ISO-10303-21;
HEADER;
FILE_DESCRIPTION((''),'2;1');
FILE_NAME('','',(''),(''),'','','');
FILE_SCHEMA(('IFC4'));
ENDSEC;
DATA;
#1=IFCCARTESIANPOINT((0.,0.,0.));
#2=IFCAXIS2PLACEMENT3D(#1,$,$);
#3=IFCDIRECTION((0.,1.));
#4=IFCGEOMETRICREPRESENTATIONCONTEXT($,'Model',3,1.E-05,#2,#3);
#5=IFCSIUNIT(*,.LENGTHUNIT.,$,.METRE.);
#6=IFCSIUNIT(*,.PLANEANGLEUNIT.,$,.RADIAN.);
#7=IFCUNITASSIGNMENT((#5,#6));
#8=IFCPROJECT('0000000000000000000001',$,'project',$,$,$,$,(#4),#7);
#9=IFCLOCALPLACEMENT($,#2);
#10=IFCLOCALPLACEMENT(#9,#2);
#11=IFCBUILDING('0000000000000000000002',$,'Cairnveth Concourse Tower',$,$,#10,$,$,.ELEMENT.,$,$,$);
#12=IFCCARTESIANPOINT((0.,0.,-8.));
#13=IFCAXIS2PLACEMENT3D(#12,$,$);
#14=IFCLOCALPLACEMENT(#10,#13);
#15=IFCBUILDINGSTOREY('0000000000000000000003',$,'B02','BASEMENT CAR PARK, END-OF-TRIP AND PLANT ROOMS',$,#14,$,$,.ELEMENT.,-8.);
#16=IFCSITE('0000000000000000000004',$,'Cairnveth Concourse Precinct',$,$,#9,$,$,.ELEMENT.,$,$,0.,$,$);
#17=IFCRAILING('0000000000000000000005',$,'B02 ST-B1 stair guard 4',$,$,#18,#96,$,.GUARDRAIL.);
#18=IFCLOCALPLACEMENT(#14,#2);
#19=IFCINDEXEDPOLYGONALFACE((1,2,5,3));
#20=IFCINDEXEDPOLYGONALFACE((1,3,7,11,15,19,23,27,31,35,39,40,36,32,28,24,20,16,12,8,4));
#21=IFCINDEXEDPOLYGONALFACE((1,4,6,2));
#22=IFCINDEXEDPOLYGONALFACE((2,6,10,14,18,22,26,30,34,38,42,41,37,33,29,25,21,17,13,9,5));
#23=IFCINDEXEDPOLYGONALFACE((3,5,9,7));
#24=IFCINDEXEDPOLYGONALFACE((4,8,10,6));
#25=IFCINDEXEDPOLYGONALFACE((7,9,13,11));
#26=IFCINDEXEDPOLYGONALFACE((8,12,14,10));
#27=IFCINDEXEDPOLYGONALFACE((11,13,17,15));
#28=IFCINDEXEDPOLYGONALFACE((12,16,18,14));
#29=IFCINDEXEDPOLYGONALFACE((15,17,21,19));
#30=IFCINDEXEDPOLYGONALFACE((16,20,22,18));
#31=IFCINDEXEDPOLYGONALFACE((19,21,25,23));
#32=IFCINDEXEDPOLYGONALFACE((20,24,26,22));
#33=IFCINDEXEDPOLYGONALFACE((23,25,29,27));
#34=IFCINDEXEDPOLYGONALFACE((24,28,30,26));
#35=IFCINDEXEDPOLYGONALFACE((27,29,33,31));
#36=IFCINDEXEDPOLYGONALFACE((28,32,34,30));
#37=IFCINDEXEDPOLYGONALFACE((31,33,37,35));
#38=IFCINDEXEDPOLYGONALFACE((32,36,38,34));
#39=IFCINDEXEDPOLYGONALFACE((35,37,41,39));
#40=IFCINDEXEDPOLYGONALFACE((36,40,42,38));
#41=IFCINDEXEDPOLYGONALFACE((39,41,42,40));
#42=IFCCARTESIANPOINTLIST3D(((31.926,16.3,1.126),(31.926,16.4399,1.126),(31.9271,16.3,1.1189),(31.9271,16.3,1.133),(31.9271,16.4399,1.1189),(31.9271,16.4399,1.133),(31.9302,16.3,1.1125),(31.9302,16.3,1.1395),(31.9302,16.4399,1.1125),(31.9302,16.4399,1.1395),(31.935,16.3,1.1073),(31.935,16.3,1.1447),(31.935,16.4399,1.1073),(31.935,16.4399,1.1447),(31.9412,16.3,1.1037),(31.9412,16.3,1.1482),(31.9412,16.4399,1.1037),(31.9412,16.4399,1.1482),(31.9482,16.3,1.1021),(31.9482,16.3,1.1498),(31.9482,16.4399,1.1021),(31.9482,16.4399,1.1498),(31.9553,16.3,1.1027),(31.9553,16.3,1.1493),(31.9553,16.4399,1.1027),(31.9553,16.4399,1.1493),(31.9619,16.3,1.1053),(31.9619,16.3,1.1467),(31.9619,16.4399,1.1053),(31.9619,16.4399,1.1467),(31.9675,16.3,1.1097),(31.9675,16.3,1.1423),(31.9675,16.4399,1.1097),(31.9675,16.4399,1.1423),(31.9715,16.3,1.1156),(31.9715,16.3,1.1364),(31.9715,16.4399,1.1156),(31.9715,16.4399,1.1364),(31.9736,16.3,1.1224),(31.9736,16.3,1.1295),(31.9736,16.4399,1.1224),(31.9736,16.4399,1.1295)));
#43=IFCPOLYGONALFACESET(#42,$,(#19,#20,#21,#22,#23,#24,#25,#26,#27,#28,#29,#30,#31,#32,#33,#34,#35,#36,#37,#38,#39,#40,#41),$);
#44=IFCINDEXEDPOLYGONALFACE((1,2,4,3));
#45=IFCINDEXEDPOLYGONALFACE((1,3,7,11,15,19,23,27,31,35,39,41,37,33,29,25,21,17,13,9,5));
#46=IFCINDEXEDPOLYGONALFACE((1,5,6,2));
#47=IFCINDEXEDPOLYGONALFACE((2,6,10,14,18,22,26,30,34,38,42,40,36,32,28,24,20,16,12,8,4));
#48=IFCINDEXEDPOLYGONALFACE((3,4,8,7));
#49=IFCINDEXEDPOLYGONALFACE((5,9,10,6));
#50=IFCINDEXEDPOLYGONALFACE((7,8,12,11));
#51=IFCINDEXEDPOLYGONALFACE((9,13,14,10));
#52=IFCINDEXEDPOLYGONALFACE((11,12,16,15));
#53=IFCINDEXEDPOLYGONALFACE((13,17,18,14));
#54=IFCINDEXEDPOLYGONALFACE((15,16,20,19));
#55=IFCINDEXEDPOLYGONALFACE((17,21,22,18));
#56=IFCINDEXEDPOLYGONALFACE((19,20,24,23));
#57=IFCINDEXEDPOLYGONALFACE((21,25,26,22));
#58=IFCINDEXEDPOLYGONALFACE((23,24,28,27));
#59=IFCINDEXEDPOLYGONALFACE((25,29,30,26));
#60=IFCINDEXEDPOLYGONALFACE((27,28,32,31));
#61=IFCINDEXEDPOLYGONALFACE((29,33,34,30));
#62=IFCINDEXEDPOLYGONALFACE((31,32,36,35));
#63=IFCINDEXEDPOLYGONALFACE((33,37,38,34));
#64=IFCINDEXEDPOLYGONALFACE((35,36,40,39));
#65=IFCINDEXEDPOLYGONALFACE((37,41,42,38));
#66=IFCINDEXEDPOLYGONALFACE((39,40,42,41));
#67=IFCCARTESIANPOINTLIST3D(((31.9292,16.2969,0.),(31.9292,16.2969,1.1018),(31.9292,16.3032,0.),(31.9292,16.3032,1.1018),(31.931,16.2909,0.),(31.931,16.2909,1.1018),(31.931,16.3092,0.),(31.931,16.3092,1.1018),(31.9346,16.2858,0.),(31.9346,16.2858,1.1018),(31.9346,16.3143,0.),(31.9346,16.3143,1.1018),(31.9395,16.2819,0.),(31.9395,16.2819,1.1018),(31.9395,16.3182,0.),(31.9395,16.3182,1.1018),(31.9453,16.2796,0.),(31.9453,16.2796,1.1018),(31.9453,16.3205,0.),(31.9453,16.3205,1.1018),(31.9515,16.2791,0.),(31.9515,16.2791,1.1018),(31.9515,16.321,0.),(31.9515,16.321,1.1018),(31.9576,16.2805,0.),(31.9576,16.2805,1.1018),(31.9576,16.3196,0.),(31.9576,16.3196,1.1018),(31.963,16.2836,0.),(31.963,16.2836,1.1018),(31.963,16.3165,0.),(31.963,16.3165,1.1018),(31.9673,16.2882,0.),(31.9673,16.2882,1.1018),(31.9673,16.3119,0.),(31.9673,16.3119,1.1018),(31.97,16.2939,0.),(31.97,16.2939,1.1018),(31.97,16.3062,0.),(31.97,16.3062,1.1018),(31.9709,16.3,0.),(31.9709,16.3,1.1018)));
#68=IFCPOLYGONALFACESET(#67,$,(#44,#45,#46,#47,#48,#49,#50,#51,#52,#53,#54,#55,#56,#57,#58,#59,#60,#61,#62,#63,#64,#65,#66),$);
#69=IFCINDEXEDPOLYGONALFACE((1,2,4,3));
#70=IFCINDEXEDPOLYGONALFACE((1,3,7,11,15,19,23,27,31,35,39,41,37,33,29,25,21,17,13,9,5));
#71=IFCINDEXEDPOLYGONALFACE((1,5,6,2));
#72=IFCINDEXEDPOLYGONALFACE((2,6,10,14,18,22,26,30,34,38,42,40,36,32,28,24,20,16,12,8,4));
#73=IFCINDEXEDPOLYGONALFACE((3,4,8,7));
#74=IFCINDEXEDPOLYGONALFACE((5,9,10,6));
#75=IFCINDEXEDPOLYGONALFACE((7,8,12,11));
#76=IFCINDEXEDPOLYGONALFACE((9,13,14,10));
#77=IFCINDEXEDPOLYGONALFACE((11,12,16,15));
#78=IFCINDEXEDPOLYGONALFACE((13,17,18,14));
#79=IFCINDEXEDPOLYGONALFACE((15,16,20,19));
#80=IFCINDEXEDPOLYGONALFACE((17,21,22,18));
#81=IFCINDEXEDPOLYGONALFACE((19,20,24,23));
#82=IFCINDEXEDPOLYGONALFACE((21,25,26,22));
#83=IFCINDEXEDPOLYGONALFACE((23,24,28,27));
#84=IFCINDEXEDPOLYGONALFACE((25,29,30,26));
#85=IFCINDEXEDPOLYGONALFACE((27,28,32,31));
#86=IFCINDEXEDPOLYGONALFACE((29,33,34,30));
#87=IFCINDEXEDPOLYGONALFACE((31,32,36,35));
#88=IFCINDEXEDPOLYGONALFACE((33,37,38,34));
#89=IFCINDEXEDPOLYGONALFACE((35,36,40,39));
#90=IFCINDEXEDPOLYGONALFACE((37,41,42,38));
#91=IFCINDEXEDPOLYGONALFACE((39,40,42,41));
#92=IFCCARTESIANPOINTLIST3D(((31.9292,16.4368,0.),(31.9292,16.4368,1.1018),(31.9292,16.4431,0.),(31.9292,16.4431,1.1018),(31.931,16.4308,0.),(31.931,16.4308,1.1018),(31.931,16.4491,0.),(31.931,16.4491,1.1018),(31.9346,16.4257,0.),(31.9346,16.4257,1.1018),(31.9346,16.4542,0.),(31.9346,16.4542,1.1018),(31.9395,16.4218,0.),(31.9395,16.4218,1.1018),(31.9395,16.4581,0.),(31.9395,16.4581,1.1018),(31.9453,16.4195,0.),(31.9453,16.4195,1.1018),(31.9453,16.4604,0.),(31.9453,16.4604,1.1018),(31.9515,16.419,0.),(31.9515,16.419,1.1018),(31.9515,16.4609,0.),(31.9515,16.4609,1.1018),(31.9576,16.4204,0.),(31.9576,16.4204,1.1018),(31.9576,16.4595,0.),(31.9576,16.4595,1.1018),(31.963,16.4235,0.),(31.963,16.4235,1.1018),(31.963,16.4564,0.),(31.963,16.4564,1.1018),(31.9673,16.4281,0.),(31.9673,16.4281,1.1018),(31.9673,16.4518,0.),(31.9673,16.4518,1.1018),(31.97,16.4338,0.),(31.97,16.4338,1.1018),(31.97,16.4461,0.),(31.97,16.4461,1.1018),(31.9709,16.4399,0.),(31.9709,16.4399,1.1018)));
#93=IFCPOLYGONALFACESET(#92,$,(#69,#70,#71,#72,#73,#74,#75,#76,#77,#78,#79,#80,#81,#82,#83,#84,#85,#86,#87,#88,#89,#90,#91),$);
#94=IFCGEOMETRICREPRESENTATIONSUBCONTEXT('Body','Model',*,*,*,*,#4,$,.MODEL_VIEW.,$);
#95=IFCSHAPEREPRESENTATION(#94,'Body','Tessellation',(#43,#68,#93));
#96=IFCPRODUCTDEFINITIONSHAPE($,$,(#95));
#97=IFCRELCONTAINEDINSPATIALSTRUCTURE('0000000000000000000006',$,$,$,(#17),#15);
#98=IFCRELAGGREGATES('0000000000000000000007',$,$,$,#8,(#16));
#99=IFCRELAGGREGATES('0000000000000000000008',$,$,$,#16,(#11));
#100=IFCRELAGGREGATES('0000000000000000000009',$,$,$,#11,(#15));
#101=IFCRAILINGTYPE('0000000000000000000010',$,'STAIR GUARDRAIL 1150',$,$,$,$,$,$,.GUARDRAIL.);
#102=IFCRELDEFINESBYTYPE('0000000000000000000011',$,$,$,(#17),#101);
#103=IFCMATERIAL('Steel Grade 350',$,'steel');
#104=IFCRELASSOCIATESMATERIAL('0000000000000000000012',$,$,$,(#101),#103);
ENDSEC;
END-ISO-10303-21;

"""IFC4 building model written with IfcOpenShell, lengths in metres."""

from ifc_helpers import new_model, si_unit, direction, frame, origin, origin_2d, place, context, subcontext, project, spatial, circle, extrude, material, type_object, element, save


model = new_model("IFC4")

# Units and contexts
model_context = context("Model", 3, precision=1e-05, world=origin(), true_north=direction((0.0, 1.0)))
body_context = subcontext(model_context, "Body", "Model", "MODEL_VIEW")
ifc_project = project(units=[si_unit("LENGTHUNIT", "METRE"), si_unit("PLANEANGLEUNIT", "RADIAN")], contexts=[model_context])

# Site, building, storey
site_placement = place(None, origin())
site = spatial("IfcSite", under=ifc_project, at=site_placement, Name="Cairnveth Concourse Precinct", CompositionType="ELEMENT", RefElevation=0.0)
building_placement = place(site_placement, origin())
building = spatial("IfcBuilding", under=site, at=building_placement, Name="Cairnveth Concourse Tower", CompositionType="ELEMENT")
storey_placement = place(building_placement, frame((0.0, 0.0, -8.0)))
storey = spatial("IfcBuildingStorey", under=building, at=storey_placement, Name="B02", Description="BASEMENT CAR PARK, END-OF-TRIP AND PLANT ROOMS", CompositionType="ELEMENT", Elevation=-8.0)

# Shared definitions
ifc_material_1 = material(Name="Steel Grade 350", Category="steel")

# Railing
railing_type_1 = type_object("IfcRailingType", Name="STAIR GUARDRAIL 1150", PredefinedType="GUARDRAIL", material=ifc_material_1)
railing_1_placement = place(storey_placement, frame((31.95, 16.3, 0.0)))
element("IfcRailing", 1, at=railing_1_placement, inside=storey, type_object=railing_type_1, Name="B02 ST-B1 stair guard 4", PredefinedType="GUARDRAIL", context=body_context, shape_type="SweptSolid", body=[
    extrude(circle(Radius=0.0239, at=origin_2d()), frame((0.0, 0.0, 1.126), z_axis=(0.0, 1.0, 0.0), x_axis=(-1.0, 0.0, 0.0)), (0.0, 0.0, 1.0), 0.1399),
    extrude(circle(Radius=0.021, at=origin_2d()), origin(), (0.0, 0.0, 1.0), 1.1018),
    extrude(circle(Radius=0.021, at=origin_2d()), frame((0.0, 0.1399, 0.0)), (0.0, 0.0, 1.0), 1.1018),
])

save(model, "model.ifc")
